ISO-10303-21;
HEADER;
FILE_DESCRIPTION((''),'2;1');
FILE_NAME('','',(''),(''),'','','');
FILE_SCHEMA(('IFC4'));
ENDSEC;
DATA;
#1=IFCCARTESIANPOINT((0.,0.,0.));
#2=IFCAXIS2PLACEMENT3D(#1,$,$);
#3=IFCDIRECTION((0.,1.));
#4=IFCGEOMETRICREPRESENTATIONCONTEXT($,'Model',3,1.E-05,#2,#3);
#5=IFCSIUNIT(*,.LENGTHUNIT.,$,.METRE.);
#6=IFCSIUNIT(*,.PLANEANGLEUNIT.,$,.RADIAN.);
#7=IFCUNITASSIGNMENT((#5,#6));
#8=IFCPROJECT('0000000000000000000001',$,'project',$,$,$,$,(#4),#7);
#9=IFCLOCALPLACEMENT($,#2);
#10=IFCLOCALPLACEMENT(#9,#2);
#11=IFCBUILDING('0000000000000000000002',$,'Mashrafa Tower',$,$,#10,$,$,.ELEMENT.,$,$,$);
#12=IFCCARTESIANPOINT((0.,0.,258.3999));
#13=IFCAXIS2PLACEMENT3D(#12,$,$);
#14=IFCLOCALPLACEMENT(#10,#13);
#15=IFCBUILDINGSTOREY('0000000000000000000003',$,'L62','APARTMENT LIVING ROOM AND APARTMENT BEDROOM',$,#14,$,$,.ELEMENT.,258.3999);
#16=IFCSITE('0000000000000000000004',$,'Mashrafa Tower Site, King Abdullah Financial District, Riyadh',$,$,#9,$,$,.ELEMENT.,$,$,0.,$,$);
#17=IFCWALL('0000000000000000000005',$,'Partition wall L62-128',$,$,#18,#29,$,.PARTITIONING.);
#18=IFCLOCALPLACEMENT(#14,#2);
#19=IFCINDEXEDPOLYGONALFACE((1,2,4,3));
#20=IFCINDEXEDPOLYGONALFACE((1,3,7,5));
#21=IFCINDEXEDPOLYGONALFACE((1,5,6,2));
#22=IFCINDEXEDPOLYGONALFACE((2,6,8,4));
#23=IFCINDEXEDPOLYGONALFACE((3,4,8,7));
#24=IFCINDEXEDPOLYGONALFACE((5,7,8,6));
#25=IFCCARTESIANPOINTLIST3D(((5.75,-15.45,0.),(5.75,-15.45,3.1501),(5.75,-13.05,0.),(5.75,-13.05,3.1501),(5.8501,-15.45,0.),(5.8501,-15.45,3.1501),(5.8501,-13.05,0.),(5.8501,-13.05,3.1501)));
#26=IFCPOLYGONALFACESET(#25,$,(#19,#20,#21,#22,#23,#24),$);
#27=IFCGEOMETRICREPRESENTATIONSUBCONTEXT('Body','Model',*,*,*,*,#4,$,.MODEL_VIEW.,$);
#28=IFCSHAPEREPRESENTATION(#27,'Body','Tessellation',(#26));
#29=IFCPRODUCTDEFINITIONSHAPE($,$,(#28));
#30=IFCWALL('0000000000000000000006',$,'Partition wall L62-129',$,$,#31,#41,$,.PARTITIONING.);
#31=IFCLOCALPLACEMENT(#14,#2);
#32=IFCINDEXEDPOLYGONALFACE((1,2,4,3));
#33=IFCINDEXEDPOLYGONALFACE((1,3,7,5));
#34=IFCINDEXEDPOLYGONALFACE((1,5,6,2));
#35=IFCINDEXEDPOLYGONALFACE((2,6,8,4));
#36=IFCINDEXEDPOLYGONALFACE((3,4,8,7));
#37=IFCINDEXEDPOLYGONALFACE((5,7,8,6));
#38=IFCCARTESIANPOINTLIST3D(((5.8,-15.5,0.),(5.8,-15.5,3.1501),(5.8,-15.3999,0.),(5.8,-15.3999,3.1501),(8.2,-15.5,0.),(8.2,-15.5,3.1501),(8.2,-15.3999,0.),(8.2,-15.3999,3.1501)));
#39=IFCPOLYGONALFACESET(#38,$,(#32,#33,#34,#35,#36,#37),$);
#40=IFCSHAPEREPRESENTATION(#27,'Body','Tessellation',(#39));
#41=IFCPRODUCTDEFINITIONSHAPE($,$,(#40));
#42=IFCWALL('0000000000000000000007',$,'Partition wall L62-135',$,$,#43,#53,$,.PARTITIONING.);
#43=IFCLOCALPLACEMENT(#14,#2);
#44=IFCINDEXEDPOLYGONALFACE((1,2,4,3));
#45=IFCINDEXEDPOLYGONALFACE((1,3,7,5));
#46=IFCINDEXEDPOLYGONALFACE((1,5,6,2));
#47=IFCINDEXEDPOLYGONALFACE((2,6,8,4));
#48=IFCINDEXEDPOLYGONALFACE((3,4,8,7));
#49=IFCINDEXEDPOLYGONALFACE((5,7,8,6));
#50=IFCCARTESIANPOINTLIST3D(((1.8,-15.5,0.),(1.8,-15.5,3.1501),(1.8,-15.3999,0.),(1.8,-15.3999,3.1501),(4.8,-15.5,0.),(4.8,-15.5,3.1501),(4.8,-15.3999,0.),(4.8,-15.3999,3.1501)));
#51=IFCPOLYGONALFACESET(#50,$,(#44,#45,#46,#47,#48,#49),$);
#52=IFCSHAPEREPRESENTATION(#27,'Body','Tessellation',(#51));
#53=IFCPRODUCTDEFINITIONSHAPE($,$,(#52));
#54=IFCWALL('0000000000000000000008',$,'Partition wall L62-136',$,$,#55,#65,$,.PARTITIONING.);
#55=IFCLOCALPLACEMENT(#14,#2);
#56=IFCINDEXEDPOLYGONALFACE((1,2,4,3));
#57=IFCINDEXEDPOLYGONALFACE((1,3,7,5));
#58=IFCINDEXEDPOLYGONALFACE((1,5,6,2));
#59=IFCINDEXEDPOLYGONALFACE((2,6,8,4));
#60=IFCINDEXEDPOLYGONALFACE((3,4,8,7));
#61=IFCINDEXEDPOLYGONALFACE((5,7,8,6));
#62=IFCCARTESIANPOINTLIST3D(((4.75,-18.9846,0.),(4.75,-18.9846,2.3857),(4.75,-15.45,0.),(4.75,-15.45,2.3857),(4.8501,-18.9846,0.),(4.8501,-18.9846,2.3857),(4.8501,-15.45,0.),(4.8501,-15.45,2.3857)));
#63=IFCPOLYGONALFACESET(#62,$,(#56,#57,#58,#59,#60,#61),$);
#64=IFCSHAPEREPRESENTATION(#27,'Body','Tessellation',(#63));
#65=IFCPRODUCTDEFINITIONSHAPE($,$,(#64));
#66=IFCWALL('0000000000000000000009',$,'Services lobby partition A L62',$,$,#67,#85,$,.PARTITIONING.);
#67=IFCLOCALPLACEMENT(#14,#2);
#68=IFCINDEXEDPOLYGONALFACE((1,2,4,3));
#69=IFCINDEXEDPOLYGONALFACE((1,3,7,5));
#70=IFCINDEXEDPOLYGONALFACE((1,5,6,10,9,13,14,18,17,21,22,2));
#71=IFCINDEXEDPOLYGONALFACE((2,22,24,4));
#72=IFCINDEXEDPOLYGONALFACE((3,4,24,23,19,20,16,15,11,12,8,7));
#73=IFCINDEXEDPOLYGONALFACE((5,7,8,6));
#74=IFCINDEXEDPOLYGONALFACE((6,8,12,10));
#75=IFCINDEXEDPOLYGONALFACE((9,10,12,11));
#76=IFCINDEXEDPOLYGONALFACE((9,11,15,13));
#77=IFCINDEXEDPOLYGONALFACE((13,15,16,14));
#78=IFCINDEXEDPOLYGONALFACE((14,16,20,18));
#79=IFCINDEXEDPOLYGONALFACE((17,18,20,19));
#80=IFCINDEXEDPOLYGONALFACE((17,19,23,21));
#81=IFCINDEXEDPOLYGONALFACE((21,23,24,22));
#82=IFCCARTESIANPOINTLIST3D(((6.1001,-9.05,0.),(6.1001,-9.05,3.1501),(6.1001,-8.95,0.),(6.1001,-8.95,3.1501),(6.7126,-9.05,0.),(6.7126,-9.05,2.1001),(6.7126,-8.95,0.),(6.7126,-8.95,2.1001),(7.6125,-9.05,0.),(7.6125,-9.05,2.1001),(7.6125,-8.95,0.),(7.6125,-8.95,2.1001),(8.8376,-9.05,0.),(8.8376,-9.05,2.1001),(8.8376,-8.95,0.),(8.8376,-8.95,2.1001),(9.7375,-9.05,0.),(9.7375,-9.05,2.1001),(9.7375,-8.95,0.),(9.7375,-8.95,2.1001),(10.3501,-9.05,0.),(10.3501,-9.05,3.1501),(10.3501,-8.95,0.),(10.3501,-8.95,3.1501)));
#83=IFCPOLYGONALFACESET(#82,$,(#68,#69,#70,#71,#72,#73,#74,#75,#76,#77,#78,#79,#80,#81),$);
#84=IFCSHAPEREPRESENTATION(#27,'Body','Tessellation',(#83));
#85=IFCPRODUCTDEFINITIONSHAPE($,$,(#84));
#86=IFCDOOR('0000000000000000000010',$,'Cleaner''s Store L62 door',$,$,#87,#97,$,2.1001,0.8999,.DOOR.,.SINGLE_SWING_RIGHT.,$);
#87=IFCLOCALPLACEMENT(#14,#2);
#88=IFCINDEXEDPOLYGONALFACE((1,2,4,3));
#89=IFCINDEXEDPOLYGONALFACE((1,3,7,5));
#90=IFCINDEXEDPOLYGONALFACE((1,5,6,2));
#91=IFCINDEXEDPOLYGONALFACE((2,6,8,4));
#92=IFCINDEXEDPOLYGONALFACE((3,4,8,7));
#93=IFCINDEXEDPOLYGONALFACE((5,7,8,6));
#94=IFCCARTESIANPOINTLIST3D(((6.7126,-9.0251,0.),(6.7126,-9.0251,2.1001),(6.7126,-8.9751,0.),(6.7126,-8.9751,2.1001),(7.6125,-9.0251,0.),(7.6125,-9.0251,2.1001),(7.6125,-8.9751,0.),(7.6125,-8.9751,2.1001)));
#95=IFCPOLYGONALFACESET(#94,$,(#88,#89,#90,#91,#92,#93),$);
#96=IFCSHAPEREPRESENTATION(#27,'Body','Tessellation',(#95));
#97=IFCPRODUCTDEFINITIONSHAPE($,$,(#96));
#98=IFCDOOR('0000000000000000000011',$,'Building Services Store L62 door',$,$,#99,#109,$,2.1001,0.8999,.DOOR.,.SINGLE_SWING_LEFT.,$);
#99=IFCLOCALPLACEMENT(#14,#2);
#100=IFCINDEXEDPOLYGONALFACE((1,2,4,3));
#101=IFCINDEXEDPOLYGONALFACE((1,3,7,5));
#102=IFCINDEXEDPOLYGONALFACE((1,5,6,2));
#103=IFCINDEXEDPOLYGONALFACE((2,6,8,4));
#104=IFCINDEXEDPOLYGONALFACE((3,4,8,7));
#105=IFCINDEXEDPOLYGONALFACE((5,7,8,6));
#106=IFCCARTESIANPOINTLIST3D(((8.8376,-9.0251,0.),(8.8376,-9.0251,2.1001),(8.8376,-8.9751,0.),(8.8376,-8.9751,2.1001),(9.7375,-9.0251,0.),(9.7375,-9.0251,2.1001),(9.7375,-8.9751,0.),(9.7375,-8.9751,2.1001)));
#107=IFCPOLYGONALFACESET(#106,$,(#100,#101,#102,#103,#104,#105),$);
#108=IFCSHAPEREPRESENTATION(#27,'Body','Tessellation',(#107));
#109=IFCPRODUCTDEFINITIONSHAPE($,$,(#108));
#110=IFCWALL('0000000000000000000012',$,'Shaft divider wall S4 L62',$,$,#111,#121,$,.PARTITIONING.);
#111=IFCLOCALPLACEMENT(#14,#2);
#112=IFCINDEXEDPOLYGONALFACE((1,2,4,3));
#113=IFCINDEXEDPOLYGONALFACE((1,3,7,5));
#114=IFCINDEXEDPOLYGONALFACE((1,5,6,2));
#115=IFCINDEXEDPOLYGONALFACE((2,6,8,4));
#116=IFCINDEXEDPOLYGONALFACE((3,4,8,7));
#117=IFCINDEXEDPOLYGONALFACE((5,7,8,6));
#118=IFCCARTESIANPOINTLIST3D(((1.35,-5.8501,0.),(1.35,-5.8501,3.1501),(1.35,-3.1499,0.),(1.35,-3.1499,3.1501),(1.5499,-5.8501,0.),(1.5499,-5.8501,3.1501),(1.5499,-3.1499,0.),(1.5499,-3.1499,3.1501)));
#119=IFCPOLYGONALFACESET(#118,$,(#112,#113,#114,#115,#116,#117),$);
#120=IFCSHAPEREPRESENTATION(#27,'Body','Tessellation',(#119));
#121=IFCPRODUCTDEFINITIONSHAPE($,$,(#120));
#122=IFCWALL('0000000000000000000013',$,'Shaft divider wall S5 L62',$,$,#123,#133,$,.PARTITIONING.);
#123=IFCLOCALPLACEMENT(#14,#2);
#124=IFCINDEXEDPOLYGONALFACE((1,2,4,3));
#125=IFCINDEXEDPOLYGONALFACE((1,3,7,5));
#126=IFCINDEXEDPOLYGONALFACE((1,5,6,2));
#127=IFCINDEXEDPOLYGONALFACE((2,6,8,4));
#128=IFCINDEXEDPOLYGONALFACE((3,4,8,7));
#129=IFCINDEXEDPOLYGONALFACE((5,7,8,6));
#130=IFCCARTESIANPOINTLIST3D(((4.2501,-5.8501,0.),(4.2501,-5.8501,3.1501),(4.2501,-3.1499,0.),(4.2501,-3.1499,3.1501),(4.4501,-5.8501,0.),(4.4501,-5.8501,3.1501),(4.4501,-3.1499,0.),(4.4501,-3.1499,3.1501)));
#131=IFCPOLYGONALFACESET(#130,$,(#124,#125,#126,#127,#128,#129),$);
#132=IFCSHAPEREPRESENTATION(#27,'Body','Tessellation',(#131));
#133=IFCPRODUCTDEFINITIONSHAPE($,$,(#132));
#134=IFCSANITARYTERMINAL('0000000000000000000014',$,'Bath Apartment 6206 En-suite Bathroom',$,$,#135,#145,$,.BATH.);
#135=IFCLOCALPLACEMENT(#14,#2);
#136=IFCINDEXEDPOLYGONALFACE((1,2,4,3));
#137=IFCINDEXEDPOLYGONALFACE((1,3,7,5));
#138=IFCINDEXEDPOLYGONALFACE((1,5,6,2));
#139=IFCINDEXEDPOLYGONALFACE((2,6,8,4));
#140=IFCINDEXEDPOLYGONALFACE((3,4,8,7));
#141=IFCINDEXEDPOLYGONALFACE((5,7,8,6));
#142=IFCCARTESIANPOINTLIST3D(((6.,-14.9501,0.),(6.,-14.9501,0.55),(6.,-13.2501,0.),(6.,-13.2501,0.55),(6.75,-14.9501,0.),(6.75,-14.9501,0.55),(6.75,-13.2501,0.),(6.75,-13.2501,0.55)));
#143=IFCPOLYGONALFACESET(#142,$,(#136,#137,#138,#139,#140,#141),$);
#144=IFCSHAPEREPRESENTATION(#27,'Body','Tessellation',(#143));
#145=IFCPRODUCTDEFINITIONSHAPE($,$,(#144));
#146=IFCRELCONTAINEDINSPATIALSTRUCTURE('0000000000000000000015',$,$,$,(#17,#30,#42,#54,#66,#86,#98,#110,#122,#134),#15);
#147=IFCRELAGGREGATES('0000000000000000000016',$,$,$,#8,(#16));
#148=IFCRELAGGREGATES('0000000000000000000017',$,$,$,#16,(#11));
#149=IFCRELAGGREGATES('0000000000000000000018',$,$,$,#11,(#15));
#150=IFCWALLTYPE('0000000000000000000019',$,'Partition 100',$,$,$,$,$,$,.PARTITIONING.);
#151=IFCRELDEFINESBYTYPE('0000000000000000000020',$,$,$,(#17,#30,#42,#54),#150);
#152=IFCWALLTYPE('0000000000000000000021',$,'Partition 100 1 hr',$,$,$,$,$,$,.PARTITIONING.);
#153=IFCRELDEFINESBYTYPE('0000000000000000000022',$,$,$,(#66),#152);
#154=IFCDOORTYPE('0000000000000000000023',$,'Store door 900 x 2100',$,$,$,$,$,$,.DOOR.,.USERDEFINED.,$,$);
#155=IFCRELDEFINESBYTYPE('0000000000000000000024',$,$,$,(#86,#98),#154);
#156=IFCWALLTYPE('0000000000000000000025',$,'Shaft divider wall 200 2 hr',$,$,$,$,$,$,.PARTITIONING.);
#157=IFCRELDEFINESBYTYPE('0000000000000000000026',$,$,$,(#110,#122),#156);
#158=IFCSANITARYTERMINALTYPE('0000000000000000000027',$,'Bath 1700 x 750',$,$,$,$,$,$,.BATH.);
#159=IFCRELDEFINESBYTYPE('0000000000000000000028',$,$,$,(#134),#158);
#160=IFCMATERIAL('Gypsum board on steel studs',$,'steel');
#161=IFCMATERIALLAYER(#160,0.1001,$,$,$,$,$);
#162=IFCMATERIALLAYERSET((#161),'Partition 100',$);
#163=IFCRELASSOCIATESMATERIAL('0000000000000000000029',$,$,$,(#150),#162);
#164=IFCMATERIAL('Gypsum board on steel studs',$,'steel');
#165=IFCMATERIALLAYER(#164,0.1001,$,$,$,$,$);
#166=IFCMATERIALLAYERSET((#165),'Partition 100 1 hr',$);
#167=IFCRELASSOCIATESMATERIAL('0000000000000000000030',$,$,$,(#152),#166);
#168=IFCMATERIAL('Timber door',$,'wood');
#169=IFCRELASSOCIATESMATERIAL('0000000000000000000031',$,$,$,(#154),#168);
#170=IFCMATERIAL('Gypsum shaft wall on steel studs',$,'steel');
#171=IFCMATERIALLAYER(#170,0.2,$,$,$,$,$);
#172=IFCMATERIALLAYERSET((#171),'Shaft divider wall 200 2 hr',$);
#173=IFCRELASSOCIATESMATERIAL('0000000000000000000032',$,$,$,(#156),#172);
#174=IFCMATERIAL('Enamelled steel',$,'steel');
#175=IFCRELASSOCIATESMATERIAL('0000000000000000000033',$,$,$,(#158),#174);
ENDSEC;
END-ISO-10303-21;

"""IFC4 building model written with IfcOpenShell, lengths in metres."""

from ifc_helpers import new_model, si_unit, direction, frame, frame_2d, origin, origin_2d, place, context, subcontext, project, spatial, rectangle, extrude, material, layer, layer_set, type_object, element, fill, save


model = new_model("IFC4")

# Units and contexts
model_context = context("Model", 3, precision=1e-05, world=origin(), true_north=direction((0.0, 1.0)))
body_context = subcontext(model_context, "Body", "Model", "MODEL_VIEW")
ifc_project = project(units=[si_unit("LENGTHUNIT", "METRE"), si_unit("PLANEANGLEUNIT", "RADIAN")], contexts=[model_context])

# Site, building, storey
site_placement = place(None, origin())
site = spatial("IfcSite", under=ifc_project, at=site_placement, Name="Mashrafa Tower Site, King Abdullah Financial District, Riyadh", CompositionType="ELEMENT", RefElevation=0.0)
building_placement = place(site_placement, origin())
building = spatial("IfcBuilding", under=site, at=building_placement, Name="Mashrafa Tower", CompositionType="ELEMENT")
storey_placement = place(building_placement, frame((0.0, 0.0, 258.3999)))
storey = spatial("IfcBuildingStorey", under=building, at=storey_placement, Name="L62", Description="APARTMENT LIVING ROOM AND APARTMENT BEDROOM", CompositionType="ELEMENT", Elevation=258.3999)

# Walls
ifc_material_1 = material(Name="Gypsum board on steel studs", Category="steel")
ifc_layer_1 = layer(ifc_material_1, 0.1001)
ifc_layer_set_1 = layer_set([ifc_layer_1], Name="Partition 100")
wall_type_1 = type_object("IfcWallType", Name="Partition 100", PredefinedType="PARTITIONING", material=ifc_layer_set_1)
for number, where, z_axis, x_axis, name in (
    (1, (5.8, -13.05, 0.0), (0.0, 0.0, 1.0), (0.0, -1.0, 0.0), "Partition wall L62-128"),
    (2, (5.8, -15.45, 0.0), (0.0, 0.0, 1.0), (1.0, 0.0, 0.0), "Partition wall L62-129"),
):
    element("IfcWall", number, at=place(storey_placement, frame(where, z_axis=z_axis, x_axis=x_axis)), inside=storey, type_object=wall_type_1, Name=name, PredefinedType="PARTITIONING", context=body_context, shape_type="SweptSolid", body=[
        extrude(rectangle(XDim=2.3999, YDim=0.1001, at=frame_2d((1.2, 0.0))), origin(), (0.0, 0.0, 1.0), 3.1501),
    ])
wall_1_placement = place(storey_placement, frame((1.8, -15.45, 0.0), z_axis=(0.0, 0.0, 1.0), x_axis=(1.0, 0.0, 0.0)))
element("IfcWall", 3, at=wall_1_placement, inside=storey, type_object=wall_type_1, Name="Partition wall L62-135", PredefinedType="PARTITIONING", context=body_context, shape_type="SweptSolid", body=[
    extrude(rectangle(XDim=3.0, YDim=0.1001, at=frame_2d((1.5, 0.0))), origin(), (0.0, 0.0, 1.0), 3.1501),
])
wall_2_placement = place(storey_placement, frame((4.8, -15.45, 0.0), z_axis=(0.0, 0.0, 1.0), x_axis=(0.0, -1.0, 0.0)))
element("IfcWall", 4, at=wall_2_placement, inside=storey, type_object=wall_type_1, Name="Partition wall L62-136", PredefinedType="PARTITIONING", context=body_context, shape_type="SweptSolid", body=[
    extrude(rectangle(XDim=3.5347, YDim=0.1001, at=frame_2d((1.7673, 0.0))), origin(), (0.0, 0.0, 1.0), 2.3857),
])

# Wall, openings, doors
ifc_material_2 = material(Name="Gypsum board on steel studs", Category="steel")
ifc_layer_2 = layer(ifc_material_2, 0.1001)
ifc_layer_set_2 = layer_set([ifc_layer_2], Name="Partition 100 1 hr")
wall_type_2 = type_object("IfcWallType", Name="Partition 100 1 hr", PredefinedType="PARTITIONING", material=ifc_layer_set_2)
wall_3_placement = place(storey_placement, frame((6.1001, -9.0, 0.0), z_axis=(0.0, 0.0, 1.0), x_axis=(1.0, 0.0, 0.0)))
wall_3 = element("IfcWall", 5, at=wall_3_placement, inside=storey, type_object=wall_type_2, Name="Services lobby partition A L62", PredefinedType="PARTITIONING", context=body_context, shape_type="SweptSolid", body=[
    extrude(rectangle(XDim=4.25, YDim=0.1001, at=frame_2d((2.125, 0.0))), origin(), (0.0, 0.0, 1.0), 3.1501),
])
opening_1_placement = place(wall_3_placement, frame((0.6125, 0.0, 0.0)))
opening_1 = element("IfcOpeningElement", 6, at=opening_1_placement, cuts=wall_3, PredefinedType="OPENING", context=body_context, shape_type="SweptSolid", body=[
    extrude(rectangle(XDim=0.8999, YDim=2.1001, at=frame_2d((0.45, 1.05))), frame((0.0, 0.0601, 0.0), z_axis=(0.0, -1.0, 0.0), x_axis=(1.0, 0.0, 0.0)), (0.0, 0.0, 1.0), 0.1201),
])
opening_2_placement = place(wall_3_placement, frame((2.7375, 0.0, 0.0)))
opening_2 = element("IfcOpeningElement", 7, at=opening_2_placement, cuts=wall_3, PredefinedType="OPENING", context=body_context, shape_type="SweptSolid", body=[
    extrude(rectangle(XDim=0.8999, YDim=2.1001, at=frame_2d((0.45, 1.05))), frame((0.0, 0.0601, 0.0), z_axis=(0.0, -1.0, 0.0), x_axis=(1.0, 0.0, 0.0)), (0.0, 0.0, 1.0), 0.1201),
])
ifc_material_3 = material(Name="Timber door", Category="wood")
door_type_1 = type_object("IfcDoorType", Name="Store door 900 x 2100", OperationType="USERDEFINED", PredefinedType="DOOR", material=ifc_material_3)
door_1_placement = place(opening_1_placement, origin())
door_1 = element("IfcDoor", 8, at=door_1_placement, inside=storey, type_object=door_type_1, Name="Cleaner's Store L62 door", OperationType="SINGLE_SWING_RIGHT", OverallHeight=2.1001, OverallWidth=0.8999, PredefinedType="DOOR", context=body_context, shape_type="SweptSolid", body=[
    extrude(rectangle(XDim=0.8999, YDim=2.1001, at=frame_2d((0.45, 1.05))), frame((0.0, 0.0249, 0.0), z_axis=(0.0, -1.0, 0.0), x_axis=(1.0, 0.0, 0.0)), (0.0, 0.0, 1.0), 0.05),
])
fill(opening_1, door_1)
door_2_placement = place(opening_2_placement, origin())
door_2 = element("IfcDoor", 9, at=door_2_placement, inside=storey, type_object=door_type_1, Name="Building Services Store L62 door", OperationType="SINGLE_SWING_LEFT", OverallHeight=2.1001, OverallWidth=0.8999, PredefinedType="DOOR", context=body_context, shape_type="SweptSolid", body=[
    extrude(rectangle(XDim=0.8999, YDim=2.1001, at=frame_2d((0.45, 1.05))), frame((0.0, 0.0249, 0.0), z_axis=(0.0, -1.0, 0.0), x_axis=(1.0, 0.0, 0.0)), (0.0, 0.0, 1.0), 0.05),
])
fill(opening_2, door_2)

# Walls
ifc_material_4 = material(Name="Gypsum shaft wall on steel studs", Category="steel")
ifc_layer_3 = layer(ifc_material_4, 0.2)
ifc_layer_set_3 = layer_set([ifc_layer_3], Name="Shaft divider wall 200 2 hr")
wall_type_3 = type_object("IfcWallType", Name="Shaft divider wall 200 2 hr", PredefinedType="PARTITIONING", material=ifc_layer_set_3)
for number, where, z_axis, x_axis, name in (
    (10, (1.45, -5.8501, 0.0), (0.0, 0.0, 1.0), (0.0, 1.0, 0.0), "Shaft divider wall S4 L62"),
    (11, (4.3501, -5.8501, 0.0), (0.0, 0.0, 1.0), (0.0, 1.0, 0.0), "Shaft divider wall S5 L62"),
):
    element("IfcWall", number, at=place(storey_placement, frame(where, z_axis=z_axis, x_axis=x_axis)), inside=storey, type_object=wall_type_3, Name=name, PredefinedType="PARTITIONING", context=body_context, shape_type="SweptSolid", body=[
        extrude(rectangle(XDim=2.7002, YDim=0.2, at=frame_2d((1.3501, 0.0))), origin(), (0.0, 0.0, 1.0), 3.1501),
    ])

# Sanitary terminal
ifc_material_5 = material(Name="Enamelled steel", Category="steel")
sanitary_terminal_type = type_object("IfcSanitaryTerminalType", Name="Bath 1700 x 750", PredefinedType="BATH", material=ifc_material_5)
sanitary_terminal_placement = place(storey_placement, frame((6.375, -14.1001, 0.0), z_axis=(0.0, 0.0, 1.0), x_axis=(0.0, -1.0, 0.0)))
element("IfcSanitaryTerminal", 12, at=sanitary_terminal_placement, inside=storey, type_object=sanitary_terminal_type, Name="Bath Apartment 6206 En-suite Bathroom", PredefinedType="BATH", context=body_context, shape_type="SweptSolid", body=[
    extrude(rectangle(XDim=1.7, YDim=0.75, at=origin_2d()), origin(), (0.0, 0.0, 1.0), 0.55),
])

save(model, "model.ifc")
